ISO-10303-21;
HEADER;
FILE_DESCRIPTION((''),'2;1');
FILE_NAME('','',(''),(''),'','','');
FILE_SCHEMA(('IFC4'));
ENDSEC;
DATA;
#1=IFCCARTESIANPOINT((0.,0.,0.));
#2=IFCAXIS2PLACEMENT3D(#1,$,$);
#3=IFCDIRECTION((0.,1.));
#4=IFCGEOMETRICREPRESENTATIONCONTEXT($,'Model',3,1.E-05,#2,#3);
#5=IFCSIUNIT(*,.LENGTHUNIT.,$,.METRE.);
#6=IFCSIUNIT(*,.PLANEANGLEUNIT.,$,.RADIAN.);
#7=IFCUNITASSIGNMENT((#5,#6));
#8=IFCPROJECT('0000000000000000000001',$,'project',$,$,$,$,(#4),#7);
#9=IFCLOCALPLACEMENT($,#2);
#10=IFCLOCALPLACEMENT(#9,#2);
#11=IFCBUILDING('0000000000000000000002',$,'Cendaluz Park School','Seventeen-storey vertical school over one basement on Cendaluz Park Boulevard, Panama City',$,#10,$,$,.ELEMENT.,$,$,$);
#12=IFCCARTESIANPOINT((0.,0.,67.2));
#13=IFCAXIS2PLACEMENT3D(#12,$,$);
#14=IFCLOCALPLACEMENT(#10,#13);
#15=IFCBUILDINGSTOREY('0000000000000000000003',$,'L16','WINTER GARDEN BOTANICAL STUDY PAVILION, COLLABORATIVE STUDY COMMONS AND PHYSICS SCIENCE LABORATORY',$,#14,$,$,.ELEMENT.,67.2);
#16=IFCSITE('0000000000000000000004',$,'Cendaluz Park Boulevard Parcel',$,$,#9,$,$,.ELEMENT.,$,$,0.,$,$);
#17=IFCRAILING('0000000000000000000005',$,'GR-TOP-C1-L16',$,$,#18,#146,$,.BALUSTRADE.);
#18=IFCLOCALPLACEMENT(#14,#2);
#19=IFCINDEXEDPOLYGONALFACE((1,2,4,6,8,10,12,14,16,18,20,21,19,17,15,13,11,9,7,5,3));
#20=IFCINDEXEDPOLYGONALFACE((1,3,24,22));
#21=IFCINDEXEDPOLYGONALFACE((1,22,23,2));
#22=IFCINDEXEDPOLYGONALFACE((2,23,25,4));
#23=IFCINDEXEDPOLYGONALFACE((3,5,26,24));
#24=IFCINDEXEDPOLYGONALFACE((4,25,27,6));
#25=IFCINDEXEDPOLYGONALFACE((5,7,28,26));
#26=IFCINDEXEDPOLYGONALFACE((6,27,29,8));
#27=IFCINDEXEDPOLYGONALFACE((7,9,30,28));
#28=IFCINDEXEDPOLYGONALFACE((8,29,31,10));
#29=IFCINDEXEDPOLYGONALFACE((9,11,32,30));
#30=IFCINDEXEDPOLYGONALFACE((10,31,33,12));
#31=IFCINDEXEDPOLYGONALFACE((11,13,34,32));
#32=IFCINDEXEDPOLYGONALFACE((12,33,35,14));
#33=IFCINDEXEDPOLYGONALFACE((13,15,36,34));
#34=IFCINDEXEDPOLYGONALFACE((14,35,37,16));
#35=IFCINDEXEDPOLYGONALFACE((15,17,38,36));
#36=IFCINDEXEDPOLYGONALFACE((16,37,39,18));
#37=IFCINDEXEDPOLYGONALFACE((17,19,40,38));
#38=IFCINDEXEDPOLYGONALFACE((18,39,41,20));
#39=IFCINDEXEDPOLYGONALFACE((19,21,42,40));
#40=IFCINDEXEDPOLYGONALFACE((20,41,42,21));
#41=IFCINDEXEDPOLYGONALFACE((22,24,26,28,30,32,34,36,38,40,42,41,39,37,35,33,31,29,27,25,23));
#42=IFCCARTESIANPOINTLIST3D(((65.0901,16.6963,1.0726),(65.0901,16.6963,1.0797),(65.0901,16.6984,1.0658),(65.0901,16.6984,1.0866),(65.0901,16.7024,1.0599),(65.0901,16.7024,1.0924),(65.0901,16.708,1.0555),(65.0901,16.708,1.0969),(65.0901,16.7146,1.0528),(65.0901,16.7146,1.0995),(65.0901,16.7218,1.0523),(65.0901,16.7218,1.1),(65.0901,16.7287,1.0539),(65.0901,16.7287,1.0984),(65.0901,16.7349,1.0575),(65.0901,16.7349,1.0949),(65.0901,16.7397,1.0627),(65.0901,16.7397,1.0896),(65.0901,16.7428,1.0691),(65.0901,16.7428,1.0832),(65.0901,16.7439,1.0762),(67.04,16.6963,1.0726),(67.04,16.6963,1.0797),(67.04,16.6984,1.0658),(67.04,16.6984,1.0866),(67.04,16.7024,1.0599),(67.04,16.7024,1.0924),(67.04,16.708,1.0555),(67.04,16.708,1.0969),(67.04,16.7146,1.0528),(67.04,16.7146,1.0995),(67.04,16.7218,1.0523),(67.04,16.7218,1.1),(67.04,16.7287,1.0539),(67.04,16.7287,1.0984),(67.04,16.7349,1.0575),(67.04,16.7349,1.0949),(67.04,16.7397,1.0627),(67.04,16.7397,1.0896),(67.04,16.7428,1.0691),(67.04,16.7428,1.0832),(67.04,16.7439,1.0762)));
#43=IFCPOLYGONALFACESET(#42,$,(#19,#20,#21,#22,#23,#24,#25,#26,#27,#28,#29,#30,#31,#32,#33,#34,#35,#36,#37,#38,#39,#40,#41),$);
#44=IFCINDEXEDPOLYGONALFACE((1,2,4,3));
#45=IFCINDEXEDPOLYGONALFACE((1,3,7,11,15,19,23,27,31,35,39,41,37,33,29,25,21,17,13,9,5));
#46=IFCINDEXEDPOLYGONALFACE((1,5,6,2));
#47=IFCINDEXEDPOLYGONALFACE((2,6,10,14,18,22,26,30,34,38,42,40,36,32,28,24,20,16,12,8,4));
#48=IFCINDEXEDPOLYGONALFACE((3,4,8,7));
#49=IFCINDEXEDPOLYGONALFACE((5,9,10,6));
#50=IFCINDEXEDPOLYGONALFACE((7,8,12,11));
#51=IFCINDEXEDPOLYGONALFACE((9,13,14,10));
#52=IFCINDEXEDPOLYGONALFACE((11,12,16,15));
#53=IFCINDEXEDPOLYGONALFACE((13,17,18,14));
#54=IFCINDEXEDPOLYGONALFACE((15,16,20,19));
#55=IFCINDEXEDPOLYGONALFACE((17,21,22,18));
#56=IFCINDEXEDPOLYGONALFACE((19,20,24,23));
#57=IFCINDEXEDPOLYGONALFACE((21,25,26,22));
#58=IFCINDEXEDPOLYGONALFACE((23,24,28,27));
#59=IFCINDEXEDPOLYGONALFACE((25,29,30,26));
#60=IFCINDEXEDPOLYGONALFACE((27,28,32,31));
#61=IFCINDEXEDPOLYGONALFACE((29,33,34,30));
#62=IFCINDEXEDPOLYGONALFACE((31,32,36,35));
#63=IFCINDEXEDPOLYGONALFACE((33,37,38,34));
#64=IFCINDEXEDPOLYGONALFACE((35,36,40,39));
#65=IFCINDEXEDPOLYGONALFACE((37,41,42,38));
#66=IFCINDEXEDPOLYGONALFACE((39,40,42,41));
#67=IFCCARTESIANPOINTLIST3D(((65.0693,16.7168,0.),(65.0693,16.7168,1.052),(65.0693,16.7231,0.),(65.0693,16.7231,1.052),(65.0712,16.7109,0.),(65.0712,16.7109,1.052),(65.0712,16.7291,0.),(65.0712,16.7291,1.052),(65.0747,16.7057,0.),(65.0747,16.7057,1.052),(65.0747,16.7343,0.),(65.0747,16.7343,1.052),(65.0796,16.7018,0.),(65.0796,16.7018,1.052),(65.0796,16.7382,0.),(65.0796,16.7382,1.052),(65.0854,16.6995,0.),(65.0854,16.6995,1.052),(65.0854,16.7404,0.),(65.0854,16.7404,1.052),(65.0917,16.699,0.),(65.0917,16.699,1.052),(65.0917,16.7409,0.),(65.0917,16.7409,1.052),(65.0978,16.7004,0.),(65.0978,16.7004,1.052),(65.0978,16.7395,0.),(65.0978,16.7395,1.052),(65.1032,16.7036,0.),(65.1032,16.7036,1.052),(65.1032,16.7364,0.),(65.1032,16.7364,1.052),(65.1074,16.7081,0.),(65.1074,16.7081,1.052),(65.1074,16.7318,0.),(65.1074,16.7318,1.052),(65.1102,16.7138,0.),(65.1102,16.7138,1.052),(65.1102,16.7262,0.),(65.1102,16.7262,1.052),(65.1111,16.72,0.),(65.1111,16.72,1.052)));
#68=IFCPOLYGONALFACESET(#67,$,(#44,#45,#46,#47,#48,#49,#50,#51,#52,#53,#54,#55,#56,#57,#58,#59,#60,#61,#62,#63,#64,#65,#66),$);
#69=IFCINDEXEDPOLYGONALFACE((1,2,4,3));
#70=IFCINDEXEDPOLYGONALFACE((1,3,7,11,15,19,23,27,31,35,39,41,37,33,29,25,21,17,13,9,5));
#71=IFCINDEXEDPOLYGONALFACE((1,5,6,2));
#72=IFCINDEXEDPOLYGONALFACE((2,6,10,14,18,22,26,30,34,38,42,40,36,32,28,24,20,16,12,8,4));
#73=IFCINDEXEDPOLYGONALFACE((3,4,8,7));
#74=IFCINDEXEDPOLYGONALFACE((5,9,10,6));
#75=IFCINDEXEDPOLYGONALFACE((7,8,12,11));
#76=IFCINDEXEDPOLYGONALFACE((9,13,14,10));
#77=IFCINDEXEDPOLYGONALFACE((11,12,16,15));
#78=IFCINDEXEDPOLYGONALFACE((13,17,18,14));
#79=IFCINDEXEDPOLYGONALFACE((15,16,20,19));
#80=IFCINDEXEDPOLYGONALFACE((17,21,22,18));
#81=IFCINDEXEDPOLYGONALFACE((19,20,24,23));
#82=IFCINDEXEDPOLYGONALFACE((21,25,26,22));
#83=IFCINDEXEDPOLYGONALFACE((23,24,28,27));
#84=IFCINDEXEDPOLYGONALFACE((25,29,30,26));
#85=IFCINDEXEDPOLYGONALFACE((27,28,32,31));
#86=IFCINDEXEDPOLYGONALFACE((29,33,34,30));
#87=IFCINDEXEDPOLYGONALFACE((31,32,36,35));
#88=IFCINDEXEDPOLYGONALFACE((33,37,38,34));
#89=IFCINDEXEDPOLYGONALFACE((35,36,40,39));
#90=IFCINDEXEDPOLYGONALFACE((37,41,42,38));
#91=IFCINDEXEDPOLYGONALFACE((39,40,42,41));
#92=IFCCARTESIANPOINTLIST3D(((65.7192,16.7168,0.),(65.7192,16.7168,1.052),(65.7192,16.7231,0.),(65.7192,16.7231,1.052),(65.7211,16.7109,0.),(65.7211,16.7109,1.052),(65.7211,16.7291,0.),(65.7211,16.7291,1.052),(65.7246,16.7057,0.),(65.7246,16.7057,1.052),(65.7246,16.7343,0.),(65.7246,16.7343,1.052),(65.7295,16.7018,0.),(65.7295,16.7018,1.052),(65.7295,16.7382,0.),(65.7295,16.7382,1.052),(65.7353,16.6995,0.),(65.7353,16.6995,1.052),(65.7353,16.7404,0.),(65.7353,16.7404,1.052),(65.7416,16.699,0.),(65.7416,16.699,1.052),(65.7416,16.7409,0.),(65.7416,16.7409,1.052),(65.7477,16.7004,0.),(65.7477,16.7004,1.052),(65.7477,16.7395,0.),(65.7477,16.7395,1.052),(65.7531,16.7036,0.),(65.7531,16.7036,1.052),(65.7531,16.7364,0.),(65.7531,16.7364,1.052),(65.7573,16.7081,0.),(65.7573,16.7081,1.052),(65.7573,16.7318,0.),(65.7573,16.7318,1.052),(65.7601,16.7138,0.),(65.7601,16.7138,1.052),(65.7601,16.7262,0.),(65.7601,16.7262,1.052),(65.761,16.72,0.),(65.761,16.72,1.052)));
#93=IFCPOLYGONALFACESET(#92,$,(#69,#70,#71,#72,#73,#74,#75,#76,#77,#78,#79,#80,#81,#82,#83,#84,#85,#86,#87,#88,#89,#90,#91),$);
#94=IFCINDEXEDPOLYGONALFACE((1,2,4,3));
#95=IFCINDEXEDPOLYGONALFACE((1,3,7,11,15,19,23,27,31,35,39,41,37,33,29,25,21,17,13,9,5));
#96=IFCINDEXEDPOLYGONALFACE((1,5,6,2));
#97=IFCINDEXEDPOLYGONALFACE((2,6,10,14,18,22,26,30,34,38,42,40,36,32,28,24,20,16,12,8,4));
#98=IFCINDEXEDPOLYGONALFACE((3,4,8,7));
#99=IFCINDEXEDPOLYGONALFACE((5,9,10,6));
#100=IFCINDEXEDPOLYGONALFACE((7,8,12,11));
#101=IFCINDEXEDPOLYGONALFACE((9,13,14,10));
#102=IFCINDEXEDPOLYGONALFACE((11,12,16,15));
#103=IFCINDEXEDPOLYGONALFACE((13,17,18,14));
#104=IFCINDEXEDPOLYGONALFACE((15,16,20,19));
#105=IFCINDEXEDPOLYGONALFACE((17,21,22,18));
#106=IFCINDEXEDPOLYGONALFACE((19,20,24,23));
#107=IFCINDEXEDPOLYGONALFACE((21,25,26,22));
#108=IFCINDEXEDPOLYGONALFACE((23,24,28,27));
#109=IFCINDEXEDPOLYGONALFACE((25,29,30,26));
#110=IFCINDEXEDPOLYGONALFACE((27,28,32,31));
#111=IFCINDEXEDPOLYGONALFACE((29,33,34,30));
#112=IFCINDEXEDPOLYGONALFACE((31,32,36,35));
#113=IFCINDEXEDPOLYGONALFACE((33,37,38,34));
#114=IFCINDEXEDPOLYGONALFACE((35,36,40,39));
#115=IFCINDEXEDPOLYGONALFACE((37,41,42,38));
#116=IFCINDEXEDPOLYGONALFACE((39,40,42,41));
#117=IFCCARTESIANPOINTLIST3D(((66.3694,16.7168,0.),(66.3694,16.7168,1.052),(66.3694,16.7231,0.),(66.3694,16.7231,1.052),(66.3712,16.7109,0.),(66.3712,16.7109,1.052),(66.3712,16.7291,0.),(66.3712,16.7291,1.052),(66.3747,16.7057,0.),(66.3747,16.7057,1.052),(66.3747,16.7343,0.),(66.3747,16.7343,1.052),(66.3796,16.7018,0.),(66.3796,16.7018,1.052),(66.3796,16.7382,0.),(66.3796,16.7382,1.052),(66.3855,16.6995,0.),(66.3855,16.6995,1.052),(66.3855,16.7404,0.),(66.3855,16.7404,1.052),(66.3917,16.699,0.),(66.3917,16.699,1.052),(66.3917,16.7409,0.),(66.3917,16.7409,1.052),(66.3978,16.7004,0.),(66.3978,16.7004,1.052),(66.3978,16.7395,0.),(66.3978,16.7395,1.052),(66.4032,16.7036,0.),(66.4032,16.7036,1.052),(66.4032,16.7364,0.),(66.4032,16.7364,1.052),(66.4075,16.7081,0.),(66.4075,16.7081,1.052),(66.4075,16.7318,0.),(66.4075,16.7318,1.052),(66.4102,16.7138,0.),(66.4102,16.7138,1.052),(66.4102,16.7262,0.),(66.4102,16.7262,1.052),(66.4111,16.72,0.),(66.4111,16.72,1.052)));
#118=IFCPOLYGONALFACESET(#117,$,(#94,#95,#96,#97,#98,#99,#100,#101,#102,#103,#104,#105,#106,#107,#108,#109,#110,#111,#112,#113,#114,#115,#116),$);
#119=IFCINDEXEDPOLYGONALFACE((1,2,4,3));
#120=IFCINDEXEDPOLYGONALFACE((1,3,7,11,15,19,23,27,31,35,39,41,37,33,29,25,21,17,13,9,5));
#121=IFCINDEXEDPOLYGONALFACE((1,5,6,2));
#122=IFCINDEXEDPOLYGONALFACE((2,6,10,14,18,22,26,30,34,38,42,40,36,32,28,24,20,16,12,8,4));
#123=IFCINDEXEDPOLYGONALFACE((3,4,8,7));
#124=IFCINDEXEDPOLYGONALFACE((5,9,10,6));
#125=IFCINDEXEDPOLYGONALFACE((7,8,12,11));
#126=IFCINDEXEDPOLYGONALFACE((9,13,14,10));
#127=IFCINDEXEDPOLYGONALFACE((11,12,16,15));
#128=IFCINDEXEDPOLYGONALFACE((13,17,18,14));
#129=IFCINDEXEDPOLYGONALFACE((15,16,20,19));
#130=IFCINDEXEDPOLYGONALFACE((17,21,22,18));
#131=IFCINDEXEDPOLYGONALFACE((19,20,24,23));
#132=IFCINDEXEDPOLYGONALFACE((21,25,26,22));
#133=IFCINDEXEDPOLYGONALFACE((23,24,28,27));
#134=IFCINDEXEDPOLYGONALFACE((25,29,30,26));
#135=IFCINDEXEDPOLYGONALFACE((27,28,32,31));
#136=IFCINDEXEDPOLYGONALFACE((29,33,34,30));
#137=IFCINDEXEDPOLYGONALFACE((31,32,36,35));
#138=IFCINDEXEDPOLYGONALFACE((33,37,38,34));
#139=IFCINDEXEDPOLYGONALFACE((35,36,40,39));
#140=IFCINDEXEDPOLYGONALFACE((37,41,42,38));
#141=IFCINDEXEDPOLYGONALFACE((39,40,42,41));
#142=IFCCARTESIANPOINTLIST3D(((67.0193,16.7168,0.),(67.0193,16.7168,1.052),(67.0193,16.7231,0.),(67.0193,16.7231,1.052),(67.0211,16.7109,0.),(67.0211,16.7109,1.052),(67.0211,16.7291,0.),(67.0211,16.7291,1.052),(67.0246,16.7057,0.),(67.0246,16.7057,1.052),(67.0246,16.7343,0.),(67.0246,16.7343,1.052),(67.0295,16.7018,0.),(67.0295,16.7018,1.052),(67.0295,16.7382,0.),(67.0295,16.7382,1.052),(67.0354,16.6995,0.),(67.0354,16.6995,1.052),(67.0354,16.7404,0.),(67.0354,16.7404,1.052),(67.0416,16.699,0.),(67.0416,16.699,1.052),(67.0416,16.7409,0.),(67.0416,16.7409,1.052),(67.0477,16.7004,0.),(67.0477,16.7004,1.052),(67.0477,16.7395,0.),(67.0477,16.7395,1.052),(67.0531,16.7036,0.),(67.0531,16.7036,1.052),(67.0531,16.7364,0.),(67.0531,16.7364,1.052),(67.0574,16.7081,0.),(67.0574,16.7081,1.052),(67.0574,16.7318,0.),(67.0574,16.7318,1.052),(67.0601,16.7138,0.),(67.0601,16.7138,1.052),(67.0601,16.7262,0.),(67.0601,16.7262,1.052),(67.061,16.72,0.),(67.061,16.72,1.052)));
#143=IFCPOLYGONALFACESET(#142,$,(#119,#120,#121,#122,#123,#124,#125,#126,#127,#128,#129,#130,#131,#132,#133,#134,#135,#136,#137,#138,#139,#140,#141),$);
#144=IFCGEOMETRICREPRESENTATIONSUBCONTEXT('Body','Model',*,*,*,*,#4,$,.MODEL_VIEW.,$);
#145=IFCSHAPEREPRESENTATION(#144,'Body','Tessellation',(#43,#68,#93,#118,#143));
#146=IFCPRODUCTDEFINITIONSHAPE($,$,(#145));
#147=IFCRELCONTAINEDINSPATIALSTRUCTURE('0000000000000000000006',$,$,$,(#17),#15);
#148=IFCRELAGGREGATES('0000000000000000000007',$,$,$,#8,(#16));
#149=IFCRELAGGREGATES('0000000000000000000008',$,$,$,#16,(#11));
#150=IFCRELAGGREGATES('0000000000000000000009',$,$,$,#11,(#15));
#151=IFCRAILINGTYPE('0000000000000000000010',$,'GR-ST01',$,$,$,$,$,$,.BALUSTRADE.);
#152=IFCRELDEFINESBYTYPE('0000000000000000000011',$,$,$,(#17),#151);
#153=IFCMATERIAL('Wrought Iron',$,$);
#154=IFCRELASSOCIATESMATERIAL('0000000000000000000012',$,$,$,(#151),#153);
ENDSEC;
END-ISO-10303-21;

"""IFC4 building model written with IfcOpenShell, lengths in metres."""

from ifc_helpers import new_model, si_unit, direction, frame, origin, origin_2d, place, context, subcontext, project, spatial, circle, extrude, material, type_object, element, save


model = new_model("IFC4")

# Units and contexts
model_context = context("Model", 3, precision=1e-05, world=origin(), true_north=direction((0.0, 1.0)))
body_context = subcontext(model_context, "Body", "Model", "MODEL_VIEW")
ifc_project = project(units=[si_unit("LENGTHUNIT", "METRE"), si_unit("PLANEANGLEUNIT", "RADIAN")], contexts=[model_context])

# Site, building, storey
site_placement = place(None, origin())
site = spatial("IfcSite", under=ifc_project, at=site_placement, Name="Cendaluz Park Boulevard Parcel", CompositionType="ELEMENT", RefElevation=0.0)
building_placement = place(site_placement, origin())
building = spatial("IfcBuilding", under=site, at=building_placement, Name="Cendaluz Park School", Description="Seventeen-storey vertical school over one basement on Cendaluz Park Boulevard, Panama City", CompositionType="ELEMENT")
storey_placement = place(building_placement, frame((0.0, 0.0, 67.2)))
storey = spatial("IfcBuildingStorey", under=building, at=storey_placement, Name="L16", Description="WINTER GARDEN BOTANICAL STUDY PAVILION, COLLABORATIVE STUDY COMMONS AND PHYSICS SCIENCE LABORATORY", CompositionType="ELEMENT", Elevation=67.2)

# Railing
ifc_material_1 = material(Name="Wrought Iron")
railing_type = type_object("IfcRailingType", Name="GR-ST01", PredefinedType="BALUSTRADE", material=ifc_material_1)
railing_placement = place(storey_placement, frame((65.0901, 16.72, 0.0)))
element("IfcRailing", 1, at=railing_placement, inside=storey, type_object=railing_type, Name="GR-TOP-C1-L16", PredefinedType="BALUSTRADE", context=body_context, shape_type="SweptSolid", body=[
    extrude(circle(Radius=0.0239, at=origin_2d()), frame((0.0, 0.0, 1.0762), z_axis=(1.0, 0.0, 0.0), x_axis=(0.0, 1.0, 0.0)), (0.0, 0.0, 1.0), 1.95),
    extrude(circle(Radius=0.021, at=origin_2d()), origin(), (0.0, 0.0, 1.0), 1.052),
    extrude(circle(Radius=0.021, at=origin_2d()), frame((0.6499, 0.0, 0.0)), (0.0, 0.0, 1.0), 1.052),
    extrude(circle(Radius=0.021, at=origin_2d()), frame((1.3, 0.0, 0.0)), (0.0, 0.0, 1.0), 1.052),
    extrude(circle(Radius=0.021, at=origin_2d()), frame((1.95, 0.0, 0.0)), (0.0, 0.0, 1.0), 1.052),
])

save(model, "model.ifc")
